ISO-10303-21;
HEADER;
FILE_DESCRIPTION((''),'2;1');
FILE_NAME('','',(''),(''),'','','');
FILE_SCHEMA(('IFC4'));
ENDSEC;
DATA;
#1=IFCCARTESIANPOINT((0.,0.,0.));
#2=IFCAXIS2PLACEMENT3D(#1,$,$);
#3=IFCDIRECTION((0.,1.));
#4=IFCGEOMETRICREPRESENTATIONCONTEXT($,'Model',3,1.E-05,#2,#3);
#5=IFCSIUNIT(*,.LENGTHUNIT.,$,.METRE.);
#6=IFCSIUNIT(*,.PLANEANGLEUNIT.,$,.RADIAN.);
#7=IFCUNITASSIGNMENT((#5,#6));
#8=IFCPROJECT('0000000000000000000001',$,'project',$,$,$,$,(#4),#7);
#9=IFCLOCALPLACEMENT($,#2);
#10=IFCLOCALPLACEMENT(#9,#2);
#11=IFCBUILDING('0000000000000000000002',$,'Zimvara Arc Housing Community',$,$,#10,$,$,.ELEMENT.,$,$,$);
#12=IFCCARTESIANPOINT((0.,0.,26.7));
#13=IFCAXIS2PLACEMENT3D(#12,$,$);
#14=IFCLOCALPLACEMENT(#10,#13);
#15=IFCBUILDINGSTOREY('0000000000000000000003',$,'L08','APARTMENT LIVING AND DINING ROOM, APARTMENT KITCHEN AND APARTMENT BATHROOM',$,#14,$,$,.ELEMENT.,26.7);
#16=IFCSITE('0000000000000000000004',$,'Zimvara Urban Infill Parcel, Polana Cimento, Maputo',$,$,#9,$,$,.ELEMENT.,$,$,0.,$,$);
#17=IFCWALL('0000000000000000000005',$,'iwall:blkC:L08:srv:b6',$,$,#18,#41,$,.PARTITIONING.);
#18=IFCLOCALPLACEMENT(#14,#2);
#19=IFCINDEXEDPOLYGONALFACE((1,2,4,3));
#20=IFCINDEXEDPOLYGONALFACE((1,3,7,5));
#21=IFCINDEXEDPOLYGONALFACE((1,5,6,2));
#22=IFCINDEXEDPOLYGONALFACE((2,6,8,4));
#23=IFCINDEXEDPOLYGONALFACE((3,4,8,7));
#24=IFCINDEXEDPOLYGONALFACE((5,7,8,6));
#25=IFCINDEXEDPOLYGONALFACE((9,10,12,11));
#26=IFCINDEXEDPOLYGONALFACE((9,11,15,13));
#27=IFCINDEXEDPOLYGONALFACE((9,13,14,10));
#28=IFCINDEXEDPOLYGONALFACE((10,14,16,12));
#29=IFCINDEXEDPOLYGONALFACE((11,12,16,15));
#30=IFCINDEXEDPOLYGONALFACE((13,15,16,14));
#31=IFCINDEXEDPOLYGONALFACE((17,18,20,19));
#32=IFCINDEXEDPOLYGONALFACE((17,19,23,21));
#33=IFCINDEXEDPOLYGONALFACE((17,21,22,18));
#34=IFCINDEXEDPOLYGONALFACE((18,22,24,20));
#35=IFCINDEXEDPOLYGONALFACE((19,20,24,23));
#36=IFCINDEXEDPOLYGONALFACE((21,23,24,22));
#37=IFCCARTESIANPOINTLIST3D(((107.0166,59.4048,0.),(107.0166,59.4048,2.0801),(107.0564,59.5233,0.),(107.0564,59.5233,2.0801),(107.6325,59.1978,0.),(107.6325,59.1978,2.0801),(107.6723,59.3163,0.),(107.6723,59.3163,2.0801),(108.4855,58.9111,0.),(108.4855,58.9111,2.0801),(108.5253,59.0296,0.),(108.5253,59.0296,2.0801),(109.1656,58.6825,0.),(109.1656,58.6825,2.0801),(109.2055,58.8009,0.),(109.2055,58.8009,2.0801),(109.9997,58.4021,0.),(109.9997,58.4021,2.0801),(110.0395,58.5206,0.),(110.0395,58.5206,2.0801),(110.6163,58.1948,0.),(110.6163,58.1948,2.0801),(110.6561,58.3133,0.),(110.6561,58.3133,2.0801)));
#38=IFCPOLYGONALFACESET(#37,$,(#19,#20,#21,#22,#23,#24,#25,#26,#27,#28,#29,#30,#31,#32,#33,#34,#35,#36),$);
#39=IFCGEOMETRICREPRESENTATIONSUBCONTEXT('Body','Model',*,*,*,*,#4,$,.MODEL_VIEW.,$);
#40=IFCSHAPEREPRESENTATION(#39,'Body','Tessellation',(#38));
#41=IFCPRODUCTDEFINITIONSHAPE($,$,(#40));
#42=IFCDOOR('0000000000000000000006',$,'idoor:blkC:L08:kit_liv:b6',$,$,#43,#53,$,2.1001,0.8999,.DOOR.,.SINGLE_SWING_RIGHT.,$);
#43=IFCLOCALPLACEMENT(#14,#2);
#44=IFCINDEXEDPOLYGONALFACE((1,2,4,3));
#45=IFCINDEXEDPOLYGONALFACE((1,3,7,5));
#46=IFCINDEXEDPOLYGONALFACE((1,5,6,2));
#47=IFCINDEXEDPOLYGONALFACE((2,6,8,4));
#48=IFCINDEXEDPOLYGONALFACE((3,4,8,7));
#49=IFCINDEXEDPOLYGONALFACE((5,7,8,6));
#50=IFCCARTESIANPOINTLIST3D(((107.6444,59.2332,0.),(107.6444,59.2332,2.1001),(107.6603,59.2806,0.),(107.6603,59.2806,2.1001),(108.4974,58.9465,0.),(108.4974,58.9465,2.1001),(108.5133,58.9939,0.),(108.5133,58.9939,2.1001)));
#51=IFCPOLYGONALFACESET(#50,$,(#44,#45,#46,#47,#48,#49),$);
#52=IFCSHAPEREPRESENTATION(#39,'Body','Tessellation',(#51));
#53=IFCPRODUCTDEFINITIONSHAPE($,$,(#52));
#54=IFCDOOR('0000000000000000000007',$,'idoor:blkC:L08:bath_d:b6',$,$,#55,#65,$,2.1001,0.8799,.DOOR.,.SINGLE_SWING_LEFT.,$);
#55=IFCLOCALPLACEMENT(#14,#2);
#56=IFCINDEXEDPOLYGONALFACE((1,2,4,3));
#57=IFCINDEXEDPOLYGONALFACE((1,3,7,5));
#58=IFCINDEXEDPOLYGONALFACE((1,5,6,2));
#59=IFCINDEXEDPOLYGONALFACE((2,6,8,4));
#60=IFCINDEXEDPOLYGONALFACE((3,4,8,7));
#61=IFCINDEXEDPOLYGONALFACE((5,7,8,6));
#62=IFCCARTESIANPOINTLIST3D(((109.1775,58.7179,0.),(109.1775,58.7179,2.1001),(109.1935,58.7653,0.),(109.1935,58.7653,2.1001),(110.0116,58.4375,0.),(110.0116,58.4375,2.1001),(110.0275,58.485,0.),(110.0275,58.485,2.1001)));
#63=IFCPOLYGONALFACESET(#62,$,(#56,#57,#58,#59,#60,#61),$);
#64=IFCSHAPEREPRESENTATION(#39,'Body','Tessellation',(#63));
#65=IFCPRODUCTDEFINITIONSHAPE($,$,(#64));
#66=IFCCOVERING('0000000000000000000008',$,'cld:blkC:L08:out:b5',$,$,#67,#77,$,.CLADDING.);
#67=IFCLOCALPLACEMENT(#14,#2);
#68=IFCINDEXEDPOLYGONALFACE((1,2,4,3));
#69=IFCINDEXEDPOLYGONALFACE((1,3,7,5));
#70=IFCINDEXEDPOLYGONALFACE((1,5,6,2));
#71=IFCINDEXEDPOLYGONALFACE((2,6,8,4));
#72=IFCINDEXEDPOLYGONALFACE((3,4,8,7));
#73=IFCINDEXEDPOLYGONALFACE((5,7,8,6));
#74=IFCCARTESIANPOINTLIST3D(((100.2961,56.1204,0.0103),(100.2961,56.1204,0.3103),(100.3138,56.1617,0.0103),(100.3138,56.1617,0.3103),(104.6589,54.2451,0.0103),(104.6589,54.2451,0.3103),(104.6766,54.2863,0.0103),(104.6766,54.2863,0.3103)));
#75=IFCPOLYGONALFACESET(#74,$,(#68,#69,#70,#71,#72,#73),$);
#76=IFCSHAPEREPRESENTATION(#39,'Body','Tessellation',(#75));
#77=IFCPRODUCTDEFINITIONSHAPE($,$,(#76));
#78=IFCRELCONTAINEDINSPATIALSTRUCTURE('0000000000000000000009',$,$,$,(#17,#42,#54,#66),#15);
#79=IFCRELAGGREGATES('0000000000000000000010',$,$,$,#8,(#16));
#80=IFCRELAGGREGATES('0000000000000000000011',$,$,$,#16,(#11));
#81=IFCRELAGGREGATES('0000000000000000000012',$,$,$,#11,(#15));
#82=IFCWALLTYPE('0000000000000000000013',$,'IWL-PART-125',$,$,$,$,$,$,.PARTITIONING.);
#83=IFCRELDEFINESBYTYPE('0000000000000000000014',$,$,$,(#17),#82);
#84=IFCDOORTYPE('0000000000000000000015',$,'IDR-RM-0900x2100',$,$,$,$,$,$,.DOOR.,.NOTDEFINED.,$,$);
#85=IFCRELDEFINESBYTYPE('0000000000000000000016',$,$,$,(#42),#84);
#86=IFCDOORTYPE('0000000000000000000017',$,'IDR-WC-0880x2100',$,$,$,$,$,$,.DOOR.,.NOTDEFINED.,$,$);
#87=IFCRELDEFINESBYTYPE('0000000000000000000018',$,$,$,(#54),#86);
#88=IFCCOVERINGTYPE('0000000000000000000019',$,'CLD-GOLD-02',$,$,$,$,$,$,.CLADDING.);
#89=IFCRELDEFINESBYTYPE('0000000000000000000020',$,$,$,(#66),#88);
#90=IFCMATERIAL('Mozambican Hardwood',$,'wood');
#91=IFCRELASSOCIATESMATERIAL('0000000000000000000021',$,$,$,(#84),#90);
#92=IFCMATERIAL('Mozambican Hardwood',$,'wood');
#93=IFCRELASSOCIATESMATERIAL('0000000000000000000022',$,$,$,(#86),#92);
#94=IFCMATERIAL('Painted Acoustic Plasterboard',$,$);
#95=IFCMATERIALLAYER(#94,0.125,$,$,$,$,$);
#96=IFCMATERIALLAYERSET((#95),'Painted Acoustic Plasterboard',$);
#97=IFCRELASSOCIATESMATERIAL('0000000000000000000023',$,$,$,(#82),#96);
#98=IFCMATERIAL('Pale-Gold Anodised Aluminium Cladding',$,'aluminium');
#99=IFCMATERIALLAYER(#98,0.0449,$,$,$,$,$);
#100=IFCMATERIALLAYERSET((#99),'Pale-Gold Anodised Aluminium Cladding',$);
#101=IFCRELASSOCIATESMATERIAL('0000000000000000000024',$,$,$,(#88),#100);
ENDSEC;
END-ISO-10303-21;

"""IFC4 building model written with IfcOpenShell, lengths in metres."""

from ifc_helpers import new_model, si_unit, direction, frame, frame_2d, origin, origin_2d, place, context, subcontext, project, spatial, rectangle, extrude, material, layer, layer_set, type_object, element, fill, save


model = new_model("IFC4")

# Units and contexts
model_context = context("Model", 3, precision=1e-05, world=origin(), true_north=direction((0.0, 1.0)))
body_context = subcontext(model_context, "Body", "Model", "MODEL_VIEW")
ifc_project = project(units=[si_unit("LENGTHUNIT", "METRE"), si_unit("PLANEANGLEUNIT", "RADIAN")], contexts=[model_context])

# Site, building, storey
site_placement = place(None, origin())
site = spatial("IfcSite", under=ifc_project, at=site_placement, Name="Zimvara Urban Infill Parcel, Polana Cimento, Maputo", CompositionType="ELEMENT", RefElevation=0.0)
building_placement = place(site_placement, origin())
building = spatial("IfcBuilding", under=site, at=building_placement, Name="Zimvara Arc Housing Community", CompositionType="ELEMENT")
storey_placement = place(building_placement, frame((0.0, 0.0, 26.7)))
storey = spatial("IfcBuildingStorey", under=building, at=storey_placement, Name="L08", Description="APARTMENT LIVING AND DINING ROOM, APARTMENT KITCHEN AND APARTMENT BATHROOM", CompositionType="ELEMENT", Elevation=26.7)

# Shared definitions
ifc_material_1 = material(Name="Mozambican Hardwood", Category="wood")
door_type_1 = type_object("IfcDoorType", Name="IDR-RM-0900x2100", OperationType="NOTDEFINED", PredefinedType="DOOR", material=ifc_material_1)
ifc_material_2 = material(Name="Mozambican Hardwood", Category="wood")
door_type_2 = type_object("IfcDoorType", Name="IDR-WC-0880x2100", OperationType="NOTDEFINED", PredefinedType="DOOR", material=ifc_material_2)

# Wall, openings, doors
ifc_material_3 = material(Name="Painted Acoustic Plasterboard")
ifc_layer_1 = layer(ifc_material_3, 0.125)
ifc_layer_set_1 = layer_set([ifc_layer_1], Name="Painted Acoustic Plasterboard")
wall_type_1 = type_object("IfcWallType", Name="IWL-PART-125", PredefinedType="PARTITIONING", material=ifc_layer_set_1)
wall_1_placement = place(storey_placement, frame((107.0364, 59.4641, 0.0), z_axis=(0.0, 0.0, 1.0), x_axis=(0.947883, -0.318618, 0.0)))
wall_1 = element("IfcWall", 1, at=wall_1_placement, inside=storey, type_object=wall_type_1, Name="iwall:blkC:L08:srv:b6", PredefinedType="PARTITIONING", context=body_context, shape_type="SweptSolid", body=[
    extrude(rectangle(XDim=3.7976, YDim=0.125, at=frame_2d((1.8989, 0.0))), origin(), (0.0, 0.0, 1.0), 2.0801),
])
opening_1_placement = place(wall_1_placement, frame((0.6499, 0.0, 0.0)))
opening_1 = element("IfcOpeningElement", 2, at=opening_1_placement, cuts=wall_1, PredefinedType="OPENING", context=body_context, shape_type="SweptSolid", body=[
    extrude(rectangle(XDim=0.8999, YDim=2.1001, at=frame_2d((0.45, 1.05))), frame((0.0, 0.0725, 0.0), z_axis=(0.0, -1.0, 0.0), x_axis=(1.0, 0.0, 0.0)), (0.0, 0.0, 1.0), 0.145),
])
opening_2_placement = place(wall_1_placement, frame((2.2673, 0.0, 0.0)))
opening_2 = element("IfcOpeningElement", 3, at=opening_2_placement, cuts=wall_1, PredefinedType="OPENING", context=body_context, shape_type="SweptSolid", body=[
    extrude(rectangle(XDim=0.8799, YDim=2.1001, at=frame_2d((0.4399, 1.05))), frame((0.0, 0.0725, 0.0), z_axis=(0.0, -1.0, 0.0), x_axis=(1.0, 0.0, 0.0)), (0.0, 0.0, 1.0), 0.145),
])
door_1_placement = place(opening_1_placement, origin())
door_1 = element("IfcDoor", 4, at=door_1_placement, inside=storey, type_object=door_type_1, Name="idoor:blkC:L08:kit_liv:b6", OperationType="SINGLE_SWING_RIGHT", OverallHeight=2.1001, OverallWidth=0.8999, PredefinedType="DOOR", context=body_context, shape_type="SweptSolid", body=[
    extrude(rectangle(XDim=0.8999, YDim=2.1001, at=frame_2d((0.45, 1.05))), frame((0.0, 0.0249, 0.0), z_axis=(0.0, -1.0, 0.0), x_axis=(1.0, 0.0, 0.0)), (0.0, 0.0, 1.0), 0.05),
])
fill(opening_1, door_1)
door_2_placement = place(opening_2_placement, origin())
door_2 = element("IfcDoor", 5, at=door_2_placement, inside=storey, type_object=door_type_2, Name="idoor:blkC:L08:bath_d:b6", OperationType="SINGLE_SWING_LEFT", OverallHeight=2.1001, OverallWidth=0.8799, PredefinedType="DOOR", context=body_context, shape_type="SweptSolid", body=[
    extrude(rectangle(XDim=0.8799, YDim=2.1001, at=frame_2d((0.4399, 1.05))), frame((0.0, 0.0249, 0.0), z_axis=(0.0, -1.0, 0.0), x_axis=(1.0, 0.0, 0.0)), (0.0, 0.0, 1.0), 0.05),
])
fill(opening_2, door_2)

# Covering
ifc_material_4 = material(Name="Pale-Gold Anodised Aluminium Cladding", Category="aluminium")
ifc_layer_2 = layer(ifc_material_4, 0.0449)
ifc_layer_set_2 = layer_set([ifc_layer_2], Name="Pale-Gold Anodised Aluminium Cladding")
covering_type = type_object("IfcCoveringType", Name="CLD-GOLD-02", PredefinedType="CLADDING", material=ifc_layer_set_2)
covering_placement = place(storey_placement, frame((102.4863, 55.2034, 0.0103), z_axis=(0.0, 0.0, 1.0), x_axis=(0.918722, -0.394906, 0.0)))
element("IfcCovering", 6, at=covering_placement, inside=storey, type_object=covering_type, Name="cld:blkC:L08:out:b5", PredefinedType="CLADDING", context=body_context, shape_type="SweptSolid", body=[
    extrude(rectangle(XDim=4.7488, YDim=0.0449, at=origin_2d()), origin(), (0.0, 0.0, 1.0), 0.3),
])

save(model, "model.ifc")
